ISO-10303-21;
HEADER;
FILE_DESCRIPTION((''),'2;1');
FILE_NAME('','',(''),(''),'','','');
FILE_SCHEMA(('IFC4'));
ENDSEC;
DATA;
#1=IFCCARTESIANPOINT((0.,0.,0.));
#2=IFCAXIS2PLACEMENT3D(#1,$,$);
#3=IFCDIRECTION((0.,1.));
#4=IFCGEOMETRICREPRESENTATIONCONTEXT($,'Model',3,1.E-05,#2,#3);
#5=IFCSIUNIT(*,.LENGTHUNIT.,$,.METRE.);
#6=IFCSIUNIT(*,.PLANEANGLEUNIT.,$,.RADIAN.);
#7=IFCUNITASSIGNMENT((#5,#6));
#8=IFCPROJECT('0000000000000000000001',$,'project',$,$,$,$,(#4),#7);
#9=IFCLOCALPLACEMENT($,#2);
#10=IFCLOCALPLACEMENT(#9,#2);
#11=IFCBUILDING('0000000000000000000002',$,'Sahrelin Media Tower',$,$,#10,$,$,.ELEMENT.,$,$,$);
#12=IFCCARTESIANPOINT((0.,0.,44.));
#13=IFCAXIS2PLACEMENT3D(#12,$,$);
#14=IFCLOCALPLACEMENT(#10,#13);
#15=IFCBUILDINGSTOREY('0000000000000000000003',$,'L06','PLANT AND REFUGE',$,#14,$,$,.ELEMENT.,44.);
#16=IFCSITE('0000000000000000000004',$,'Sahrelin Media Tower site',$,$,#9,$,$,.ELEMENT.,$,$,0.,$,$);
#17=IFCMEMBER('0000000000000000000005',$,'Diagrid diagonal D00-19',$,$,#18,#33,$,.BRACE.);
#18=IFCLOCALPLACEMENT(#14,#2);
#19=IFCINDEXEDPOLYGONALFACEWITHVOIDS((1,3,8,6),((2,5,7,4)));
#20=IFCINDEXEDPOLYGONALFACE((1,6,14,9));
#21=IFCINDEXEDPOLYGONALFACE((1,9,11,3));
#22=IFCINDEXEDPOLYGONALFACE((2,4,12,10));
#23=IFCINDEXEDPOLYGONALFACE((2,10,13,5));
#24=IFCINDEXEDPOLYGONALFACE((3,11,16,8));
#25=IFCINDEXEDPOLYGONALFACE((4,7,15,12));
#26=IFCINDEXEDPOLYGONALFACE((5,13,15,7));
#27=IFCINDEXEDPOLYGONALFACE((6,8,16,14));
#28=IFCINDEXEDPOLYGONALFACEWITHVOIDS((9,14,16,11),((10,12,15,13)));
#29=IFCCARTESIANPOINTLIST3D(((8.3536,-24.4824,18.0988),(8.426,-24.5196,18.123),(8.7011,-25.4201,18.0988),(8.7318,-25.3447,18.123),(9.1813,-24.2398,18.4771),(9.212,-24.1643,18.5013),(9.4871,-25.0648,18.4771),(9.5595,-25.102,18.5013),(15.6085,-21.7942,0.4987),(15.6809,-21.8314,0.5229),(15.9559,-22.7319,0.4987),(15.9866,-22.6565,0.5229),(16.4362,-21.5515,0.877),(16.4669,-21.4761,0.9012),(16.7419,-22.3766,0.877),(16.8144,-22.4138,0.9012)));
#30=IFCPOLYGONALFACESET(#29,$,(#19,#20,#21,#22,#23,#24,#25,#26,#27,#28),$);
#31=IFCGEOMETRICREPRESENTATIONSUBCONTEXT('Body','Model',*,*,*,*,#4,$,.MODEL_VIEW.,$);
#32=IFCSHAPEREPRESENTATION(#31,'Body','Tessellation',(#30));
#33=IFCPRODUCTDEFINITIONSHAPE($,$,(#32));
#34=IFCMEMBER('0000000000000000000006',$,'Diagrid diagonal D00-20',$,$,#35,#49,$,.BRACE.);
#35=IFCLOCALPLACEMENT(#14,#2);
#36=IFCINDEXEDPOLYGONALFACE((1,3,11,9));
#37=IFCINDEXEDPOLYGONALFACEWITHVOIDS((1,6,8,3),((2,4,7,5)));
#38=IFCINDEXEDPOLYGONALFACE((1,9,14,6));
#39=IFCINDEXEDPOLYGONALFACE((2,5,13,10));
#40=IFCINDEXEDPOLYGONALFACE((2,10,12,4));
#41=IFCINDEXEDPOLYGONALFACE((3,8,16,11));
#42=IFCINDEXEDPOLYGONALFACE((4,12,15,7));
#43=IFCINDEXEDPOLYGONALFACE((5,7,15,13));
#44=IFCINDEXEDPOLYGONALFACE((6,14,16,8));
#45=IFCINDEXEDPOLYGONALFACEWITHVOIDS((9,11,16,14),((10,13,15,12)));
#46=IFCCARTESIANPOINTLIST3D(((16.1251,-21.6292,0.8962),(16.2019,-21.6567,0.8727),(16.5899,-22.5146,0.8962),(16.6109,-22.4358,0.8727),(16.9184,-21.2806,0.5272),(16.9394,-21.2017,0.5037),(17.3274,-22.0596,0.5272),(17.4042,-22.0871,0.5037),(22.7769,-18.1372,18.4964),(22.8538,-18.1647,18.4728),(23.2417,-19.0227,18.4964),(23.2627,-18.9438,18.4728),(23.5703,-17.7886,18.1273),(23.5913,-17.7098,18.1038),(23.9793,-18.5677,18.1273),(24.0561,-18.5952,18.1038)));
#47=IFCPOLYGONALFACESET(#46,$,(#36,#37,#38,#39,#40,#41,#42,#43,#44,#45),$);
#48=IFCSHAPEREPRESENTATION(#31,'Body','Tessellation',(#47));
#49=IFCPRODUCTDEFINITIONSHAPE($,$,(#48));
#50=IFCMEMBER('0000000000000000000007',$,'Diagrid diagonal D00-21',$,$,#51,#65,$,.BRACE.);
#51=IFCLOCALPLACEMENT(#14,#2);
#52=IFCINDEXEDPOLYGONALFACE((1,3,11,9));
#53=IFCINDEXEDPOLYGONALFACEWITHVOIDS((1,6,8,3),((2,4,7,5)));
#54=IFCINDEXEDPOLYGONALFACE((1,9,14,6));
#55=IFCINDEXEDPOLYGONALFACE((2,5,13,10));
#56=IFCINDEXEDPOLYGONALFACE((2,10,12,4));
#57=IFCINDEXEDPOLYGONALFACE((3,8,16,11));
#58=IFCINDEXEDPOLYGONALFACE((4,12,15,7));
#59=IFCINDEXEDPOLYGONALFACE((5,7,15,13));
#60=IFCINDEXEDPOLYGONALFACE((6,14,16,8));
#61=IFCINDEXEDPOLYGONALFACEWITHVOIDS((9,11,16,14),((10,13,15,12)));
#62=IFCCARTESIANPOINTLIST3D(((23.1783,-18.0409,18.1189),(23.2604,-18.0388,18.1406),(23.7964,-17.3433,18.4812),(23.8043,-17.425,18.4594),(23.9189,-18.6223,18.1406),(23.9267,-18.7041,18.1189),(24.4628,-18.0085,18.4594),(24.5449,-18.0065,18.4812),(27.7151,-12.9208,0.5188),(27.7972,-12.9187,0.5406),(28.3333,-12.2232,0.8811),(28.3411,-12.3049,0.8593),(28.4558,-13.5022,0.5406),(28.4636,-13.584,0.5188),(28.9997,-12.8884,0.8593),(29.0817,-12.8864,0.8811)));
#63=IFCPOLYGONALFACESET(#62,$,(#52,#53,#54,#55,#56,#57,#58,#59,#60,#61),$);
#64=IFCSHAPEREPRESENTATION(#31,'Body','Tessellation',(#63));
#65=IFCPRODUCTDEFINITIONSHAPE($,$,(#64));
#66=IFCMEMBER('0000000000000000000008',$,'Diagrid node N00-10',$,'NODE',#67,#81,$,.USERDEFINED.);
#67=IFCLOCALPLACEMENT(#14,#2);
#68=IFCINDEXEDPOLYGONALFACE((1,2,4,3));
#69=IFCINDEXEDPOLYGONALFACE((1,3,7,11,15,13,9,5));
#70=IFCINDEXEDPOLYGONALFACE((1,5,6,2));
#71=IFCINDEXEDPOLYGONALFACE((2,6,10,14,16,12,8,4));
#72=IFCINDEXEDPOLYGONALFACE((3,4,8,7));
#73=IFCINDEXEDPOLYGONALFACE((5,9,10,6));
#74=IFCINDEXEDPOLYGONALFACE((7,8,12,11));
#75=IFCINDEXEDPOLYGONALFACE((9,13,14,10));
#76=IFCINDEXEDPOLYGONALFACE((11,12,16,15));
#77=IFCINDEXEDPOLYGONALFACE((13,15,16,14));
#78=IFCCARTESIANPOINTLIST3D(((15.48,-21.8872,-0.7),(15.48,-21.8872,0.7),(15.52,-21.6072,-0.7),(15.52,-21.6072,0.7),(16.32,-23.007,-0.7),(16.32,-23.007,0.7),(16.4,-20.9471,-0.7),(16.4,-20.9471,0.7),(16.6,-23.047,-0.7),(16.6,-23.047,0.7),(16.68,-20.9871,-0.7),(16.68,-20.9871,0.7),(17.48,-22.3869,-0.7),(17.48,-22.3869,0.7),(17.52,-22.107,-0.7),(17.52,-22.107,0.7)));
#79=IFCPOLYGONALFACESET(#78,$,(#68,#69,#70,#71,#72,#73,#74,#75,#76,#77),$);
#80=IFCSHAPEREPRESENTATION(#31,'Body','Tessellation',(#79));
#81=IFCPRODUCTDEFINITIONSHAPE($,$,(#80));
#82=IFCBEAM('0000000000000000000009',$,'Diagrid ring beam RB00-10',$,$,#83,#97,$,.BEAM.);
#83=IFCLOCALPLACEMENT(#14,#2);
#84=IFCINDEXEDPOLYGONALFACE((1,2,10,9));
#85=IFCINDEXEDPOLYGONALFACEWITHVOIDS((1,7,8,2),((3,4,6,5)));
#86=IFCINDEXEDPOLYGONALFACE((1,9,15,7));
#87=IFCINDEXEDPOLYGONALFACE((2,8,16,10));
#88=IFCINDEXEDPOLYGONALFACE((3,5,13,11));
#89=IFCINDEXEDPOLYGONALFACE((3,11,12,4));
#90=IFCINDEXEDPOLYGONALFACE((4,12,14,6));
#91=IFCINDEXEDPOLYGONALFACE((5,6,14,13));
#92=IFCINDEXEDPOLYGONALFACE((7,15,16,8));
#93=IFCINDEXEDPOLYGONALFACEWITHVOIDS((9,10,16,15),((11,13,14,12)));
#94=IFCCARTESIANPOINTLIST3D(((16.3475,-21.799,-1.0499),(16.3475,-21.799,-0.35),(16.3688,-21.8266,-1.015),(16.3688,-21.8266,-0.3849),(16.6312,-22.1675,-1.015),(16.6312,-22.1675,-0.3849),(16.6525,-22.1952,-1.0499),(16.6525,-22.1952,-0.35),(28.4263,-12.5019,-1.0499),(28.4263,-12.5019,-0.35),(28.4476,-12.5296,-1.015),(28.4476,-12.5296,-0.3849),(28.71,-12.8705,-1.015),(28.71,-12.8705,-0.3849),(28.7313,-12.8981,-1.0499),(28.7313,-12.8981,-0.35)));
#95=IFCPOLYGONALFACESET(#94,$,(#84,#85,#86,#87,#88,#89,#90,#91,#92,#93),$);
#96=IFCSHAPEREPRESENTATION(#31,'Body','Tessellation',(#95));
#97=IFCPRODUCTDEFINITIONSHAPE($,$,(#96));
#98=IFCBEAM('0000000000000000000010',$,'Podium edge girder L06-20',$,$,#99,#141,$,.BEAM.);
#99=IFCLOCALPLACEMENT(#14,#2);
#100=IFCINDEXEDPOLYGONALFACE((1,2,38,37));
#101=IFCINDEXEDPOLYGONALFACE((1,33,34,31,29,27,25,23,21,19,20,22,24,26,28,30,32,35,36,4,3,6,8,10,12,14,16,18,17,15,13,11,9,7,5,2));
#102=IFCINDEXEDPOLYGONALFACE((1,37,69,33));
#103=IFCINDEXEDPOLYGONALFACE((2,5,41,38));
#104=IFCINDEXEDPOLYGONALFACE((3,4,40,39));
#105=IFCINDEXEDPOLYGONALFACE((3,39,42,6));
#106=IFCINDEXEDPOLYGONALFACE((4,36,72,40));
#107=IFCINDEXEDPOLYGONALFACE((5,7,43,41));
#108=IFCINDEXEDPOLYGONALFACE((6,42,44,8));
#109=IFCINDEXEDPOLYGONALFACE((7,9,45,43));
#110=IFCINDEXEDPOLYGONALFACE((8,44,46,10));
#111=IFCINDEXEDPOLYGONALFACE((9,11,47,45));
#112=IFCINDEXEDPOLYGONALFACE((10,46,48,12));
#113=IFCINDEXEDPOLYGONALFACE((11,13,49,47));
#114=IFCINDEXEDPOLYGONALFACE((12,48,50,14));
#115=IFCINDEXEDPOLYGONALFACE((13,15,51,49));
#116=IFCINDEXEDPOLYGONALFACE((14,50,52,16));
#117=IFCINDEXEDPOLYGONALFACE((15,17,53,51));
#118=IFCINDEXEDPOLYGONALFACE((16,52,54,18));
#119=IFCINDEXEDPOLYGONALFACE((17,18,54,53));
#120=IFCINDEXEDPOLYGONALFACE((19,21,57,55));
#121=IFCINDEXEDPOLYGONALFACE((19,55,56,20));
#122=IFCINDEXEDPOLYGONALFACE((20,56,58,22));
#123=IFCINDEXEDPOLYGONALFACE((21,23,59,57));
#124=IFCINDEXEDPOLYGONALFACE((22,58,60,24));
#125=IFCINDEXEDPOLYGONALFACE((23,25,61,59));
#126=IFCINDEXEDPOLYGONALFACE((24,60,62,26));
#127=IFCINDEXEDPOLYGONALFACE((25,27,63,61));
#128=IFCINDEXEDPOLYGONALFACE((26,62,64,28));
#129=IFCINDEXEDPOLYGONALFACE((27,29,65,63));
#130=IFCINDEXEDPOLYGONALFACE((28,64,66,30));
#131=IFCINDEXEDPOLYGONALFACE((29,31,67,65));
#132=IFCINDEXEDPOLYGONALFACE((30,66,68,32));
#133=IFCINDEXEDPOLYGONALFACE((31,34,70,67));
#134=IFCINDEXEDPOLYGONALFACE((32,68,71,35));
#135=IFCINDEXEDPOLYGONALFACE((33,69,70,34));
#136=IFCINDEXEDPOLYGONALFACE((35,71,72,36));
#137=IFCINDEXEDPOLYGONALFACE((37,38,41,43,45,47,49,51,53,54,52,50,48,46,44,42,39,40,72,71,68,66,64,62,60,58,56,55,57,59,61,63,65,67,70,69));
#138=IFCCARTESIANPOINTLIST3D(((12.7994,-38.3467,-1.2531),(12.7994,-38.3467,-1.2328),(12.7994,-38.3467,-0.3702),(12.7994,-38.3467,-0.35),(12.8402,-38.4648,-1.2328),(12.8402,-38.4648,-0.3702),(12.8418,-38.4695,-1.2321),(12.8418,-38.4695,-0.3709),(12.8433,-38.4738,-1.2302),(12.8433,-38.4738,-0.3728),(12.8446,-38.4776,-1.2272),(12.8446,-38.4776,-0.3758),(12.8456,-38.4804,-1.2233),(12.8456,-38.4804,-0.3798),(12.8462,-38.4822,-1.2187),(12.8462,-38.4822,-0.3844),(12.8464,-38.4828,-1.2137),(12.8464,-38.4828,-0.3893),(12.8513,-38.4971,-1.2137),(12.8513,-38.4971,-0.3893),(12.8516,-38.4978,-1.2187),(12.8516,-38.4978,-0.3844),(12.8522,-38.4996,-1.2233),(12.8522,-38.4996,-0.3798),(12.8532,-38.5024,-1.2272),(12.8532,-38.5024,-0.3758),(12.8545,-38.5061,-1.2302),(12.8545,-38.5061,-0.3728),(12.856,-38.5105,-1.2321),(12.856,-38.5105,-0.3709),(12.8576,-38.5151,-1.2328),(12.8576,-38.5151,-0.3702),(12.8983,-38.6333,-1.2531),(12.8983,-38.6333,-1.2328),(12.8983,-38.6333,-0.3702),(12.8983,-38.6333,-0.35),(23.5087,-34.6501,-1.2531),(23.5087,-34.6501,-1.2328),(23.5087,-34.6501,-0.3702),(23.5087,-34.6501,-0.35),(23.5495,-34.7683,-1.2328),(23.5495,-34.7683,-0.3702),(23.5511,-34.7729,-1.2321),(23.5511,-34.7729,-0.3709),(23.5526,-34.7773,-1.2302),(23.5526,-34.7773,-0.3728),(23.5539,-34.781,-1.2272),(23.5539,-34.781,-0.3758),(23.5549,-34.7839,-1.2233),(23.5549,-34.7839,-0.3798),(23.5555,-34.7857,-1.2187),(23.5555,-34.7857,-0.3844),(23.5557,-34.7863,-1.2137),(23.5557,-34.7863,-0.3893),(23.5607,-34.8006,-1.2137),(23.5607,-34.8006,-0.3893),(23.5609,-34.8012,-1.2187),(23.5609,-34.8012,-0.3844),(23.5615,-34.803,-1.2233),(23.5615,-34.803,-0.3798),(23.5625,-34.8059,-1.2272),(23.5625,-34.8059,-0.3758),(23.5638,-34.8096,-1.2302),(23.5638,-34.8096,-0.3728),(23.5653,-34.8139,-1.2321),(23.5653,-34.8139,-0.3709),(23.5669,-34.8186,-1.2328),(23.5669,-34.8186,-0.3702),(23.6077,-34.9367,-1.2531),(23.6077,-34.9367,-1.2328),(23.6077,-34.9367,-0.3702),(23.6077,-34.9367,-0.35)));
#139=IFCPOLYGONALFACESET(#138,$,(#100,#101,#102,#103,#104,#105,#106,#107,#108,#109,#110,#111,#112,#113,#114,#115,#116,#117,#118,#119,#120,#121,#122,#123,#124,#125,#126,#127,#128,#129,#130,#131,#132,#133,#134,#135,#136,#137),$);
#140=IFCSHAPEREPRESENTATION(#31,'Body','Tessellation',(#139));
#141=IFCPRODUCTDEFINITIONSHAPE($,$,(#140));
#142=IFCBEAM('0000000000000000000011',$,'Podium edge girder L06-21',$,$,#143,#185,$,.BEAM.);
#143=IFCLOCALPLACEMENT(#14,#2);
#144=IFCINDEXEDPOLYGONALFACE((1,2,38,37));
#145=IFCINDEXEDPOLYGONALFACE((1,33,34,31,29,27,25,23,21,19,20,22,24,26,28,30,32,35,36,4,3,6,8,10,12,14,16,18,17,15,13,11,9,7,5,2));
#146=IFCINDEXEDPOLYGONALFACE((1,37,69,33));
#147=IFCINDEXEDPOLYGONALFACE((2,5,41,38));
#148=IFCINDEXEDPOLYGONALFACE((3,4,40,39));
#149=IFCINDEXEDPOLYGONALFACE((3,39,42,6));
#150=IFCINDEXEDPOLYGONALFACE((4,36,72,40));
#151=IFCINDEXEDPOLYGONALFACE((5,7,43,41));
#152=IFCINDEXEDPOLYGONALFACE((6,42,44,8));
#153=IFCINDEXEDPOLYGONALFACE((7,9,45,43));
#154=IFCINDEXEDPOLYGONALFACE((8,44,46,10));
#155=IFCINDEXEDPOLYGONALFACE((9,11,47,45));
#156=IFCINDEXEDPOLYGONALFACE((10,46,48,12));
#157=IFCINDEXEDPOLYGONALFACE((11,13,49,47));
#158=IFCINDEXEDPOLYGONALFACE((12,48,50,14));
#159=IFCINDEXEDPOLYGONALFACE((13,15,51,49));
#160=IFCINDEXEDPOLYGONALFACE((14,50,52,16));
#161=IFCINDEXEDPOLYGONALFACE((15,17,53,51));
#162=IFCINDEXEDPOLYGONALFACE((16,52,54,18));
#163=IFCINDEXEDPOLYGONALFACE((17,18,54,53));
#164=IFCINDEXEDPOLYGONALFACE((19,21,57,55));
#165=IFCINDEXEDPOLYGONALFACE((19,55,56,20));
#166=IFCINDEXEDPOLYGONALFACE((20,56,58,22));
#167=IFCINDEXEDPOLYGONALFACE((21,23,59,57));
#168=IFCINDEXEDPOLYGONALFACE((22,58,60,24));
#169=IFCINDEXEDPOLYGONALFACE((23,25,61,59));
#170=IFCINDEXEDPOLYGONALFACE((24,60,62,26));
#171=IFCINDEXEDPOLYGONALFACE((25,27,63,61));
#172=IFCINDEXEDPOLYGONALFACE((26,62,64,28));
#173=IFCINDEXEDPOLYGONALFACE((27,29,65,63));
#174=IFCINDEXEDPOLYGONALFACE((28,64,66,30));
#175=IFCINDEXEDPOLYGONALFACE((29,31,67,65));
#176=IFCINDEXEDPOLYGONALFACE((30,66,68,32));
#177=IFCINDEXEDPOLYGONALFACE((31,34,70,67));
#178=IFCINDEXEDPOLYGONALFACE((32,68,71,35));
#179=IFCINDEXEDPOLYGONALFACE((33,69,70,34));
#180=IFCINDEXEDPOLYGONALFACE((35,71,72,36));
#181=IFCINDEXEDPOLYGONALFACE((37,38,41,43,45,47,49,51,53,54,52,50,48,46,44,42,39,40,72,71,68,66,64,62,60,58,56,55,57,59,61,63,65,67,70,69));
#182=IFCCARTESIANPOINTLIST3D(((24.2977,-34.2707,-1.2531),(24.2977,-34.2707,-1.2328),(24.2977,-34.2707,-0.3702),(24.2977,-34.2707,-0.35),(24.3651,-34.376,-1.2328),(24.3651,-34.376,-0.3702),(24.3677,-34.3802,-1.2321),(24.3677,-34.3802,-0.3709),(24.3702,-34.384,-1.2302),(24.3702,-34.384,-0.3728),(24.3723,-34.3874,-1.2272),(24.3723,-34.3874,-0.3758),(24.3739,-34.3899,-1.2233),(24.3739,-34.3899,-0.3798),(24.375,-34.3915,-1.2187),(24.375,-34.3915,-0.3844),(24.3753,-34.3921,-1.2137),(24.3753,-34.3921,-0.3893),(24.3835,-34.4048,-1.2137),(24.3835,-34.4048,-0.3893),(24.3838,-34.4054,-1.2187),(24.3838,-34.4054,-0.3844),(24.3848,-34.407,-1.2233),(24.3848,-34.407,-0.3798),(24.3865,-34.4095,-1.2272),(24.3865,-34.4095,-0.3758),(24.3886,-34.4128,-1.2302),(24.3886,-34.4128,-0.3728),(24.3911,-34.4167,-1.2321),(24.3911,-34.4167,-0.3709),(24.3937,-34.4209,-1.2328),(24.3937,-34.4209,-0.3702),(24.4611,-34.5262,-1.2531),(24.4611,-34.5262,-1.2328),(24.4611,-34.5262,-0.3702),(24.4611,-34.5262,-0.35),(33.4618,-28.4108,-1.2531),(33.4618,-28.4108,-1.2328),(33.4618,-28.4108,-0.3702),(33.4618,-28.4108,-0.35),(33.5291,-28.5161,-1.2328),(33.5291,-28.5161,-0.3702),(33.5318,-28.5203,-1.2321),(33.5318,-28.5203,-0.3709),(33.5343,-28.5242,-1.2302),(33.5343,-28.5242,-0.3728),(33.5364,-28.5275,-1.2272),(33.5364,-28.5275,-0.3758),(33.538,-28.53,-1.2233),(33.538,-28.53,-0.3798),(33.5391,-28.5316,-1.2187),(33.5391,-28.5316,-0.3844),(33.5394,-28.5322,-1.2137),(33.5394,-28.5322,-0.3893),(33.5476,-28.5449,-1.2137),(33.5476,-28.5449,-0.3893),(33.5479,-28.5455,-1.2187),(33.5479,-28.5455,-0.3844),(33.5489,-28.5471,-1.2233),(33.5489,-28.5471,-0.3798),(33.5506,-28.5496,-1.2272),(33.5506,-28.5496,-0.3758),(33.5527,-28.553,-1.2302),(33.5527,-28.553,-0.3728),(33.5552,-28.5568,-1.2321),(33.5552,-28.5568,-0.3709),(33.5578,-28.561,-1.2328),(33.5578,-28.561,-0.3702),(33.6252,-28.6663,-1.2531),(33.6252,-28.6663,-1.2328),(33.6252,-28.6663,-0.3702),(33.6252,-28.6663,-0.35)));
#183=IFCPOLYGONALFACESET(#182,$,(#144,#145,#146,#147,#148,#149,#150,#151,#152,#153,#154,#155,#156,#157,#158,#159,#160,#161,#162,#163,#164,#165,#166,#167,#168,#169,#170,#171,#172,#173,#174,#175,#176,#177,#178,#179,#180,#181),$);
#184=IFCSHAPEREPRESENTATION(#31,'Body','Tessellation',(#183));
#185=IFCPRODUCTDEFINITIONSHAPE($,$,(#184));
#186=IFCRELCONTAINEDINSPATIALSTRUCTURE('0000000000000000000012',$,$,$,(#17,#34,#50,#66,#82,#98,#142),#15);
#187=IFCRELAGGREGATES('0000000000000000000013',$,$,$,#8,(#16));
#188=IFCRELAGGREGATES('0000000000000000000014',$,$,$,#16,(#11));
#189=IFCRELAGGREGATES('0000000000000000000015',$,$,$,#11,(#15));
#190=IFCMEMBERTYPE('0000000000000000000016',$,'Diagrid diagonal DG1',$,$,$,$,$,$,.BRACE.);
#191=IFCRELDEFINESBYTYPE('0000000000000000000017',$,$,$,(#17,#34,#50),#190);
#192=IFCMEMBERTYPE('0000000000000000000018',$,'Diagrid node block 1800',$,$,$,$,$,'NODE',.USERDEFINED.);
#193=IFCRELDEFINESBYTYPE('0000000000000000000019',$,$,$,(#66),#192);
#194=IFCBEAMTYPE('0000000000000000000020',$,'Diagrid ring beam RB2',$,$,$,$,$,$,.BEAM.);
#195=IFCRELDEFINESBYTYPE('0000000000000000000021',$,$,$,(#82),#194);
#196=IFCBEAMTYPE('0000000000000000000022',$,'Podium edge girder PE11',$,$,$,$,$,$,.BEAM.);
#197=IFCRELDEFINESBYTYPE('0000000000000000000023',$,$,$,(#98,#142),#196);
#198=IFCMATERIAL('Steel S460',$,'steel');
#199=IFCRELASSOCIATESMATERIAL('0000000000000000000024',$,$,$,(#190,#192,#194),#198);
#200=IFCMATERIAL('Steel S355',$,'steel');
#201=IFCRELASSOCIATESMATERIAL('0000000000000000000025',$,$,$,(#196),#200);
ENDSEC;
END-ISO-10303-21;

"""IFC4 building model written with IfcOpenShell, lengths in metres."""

from ifc_helpers import new_model, si_unit, direction, frame, origin, origin_2d, place, context, subcontext, project, spatial, polyline, hollow_rectangle, i_section, outline, extrude, material, material_profile, profile_set, type_object, element, save


model = new_model("IFC4")

# Units and contexts
model_context = context("Model", 3, precision=1e-05, world=origin(), true_north=direction((0.0, 1.0)))
body_context = subcontext(model_context, "Body", "Model", "MODEL_VIEW")
ifc_project = project(units=[si_unit("LENGTHUNIT", "METRE"), si_unit("PLANEANGLEUNIT", "RADIAN")], contexts=[model_context])

# Site, building, storey
site_placement = place(None, origin())
site = spatial("IfcSite", under=ifc_project, at=site_placement, Name="Sahrelin Media Tower site", CompositionType="ELEMENT", RefElevation=0.0)
building_placement = place(site_placement, origin())
building = spatial("IfcBuilding", under=site, at=building_placement, Name="Sahrelin Media Tower", CompositionType="ELEMENT")
storey_placement = place(building_placement, frame((0.0, 0.0, 44.0)))
storey = spatial("IfcBuildingStorey", under=building, at=storey_placement, Name="L06", Description="PLANT AND REFUGE", CompositionType="ELEMENT", Elevation=44.0)

# Members
ifc_material_1 = material(Name="Steel S460", Category="steel")
ifc_material_profile_1 = material_profile(ifc_material_1, hollow_rectangle(XDim=1.0, YDim=1.0, WallThickness=0.0601, at=origin_2d()), Name="Diagrid diagonal DG1")
ifc_profile_set_1 = profile_set([ifc_material_profile_1], Name="Steel S460")
member_type_1 = type_object("IfcMemberType", Name="Diagrid diagonal DG1", PredefinedType="BRACE", material=ifc_profile_set_1)
member_1_placement = place(storey_placement, frame((16.2114, -22.104, 0.7), z_axis=(-0.377356, -0.139826, 0.915452), x_axis=(0.347455, -0.937697, 0.0)))
element("IfcMember", 1, at=member_1_placement, inside=storey, type_object=member_type_1, Name="Diagrid diagonal D00-19", PredefinedType="BRACE", context=body_context, shape_type="SweptSolid", body=[
    extrude(hollow_rectangle(XDim=1.0, YDim=1.0, WallThickness=0.0601, at=origin_2d()), origin(), (0.0, 0.0, 1.0), 19.2256),
])
member_2_placement = place(storey_placement, frame((16.7646, -21.8582, 0.7), z_axis=(0.347601, 0.182476, 0.919715), x_axis=(-0.464805, 0.885413, 0.0)))
element("IfcMember", 2, at=member_2_placement, inside=storey, type_object=member_type_1, Name="Diagrid diagonal D00-20", PredefinedType="BRACE", context=body_context, shape_type="SweptSolid", body=[
    extrude(hollow_rectangle(XDim=1.0, YDim=1.0, WallThickness=0.0601, at=origin_2d()), origin(), (0.0, 0.0, 1.0), 19.1365),
])
member_3_placement = place(storey_placement, frame((28.3984, -12.9036, 0.7), z_axis=(-0.240264, -0.271152, 0.932068), x_axis=(0.74845, -0.663191, 0.0)))
element("IfcMember", 3, at=member_3_placement, inside=storey, type_object=member_type_1, Name="Diagrid diagonal D00-21", PredefinedType="BRACE", context=body_context, shape_type="SweptSolid", body=[
    extrude(hollow_rectangle(XDim=1.0, YDim=1.0, WallThickness=0.0601, at=origin_2d()), origin(), (0.0, 0.0, 1.0), 18.8828),
])
ifc_material_profile_2 = material_profile(ifc_material_1, outline(polyline([(0.7, -0.75), (0.8999, -0.55), (0.8999, 0.55), (0.7, 0.75), (-0.7, 0.75), (-0.8999, 0.55), (-0.8999, -0.55), (-0.7, -0.75), (0.7, -0.75)])), Name="Diagrid node block 1800")
ifc_profile_set_2 = profile_set([ifc_material_profile_2], Name="Steel S460")
member_type_2 = type_object("IfcMemberType", Name="Diagrid node block 1800", ElementType="NODE", PredefinedType="USERDEFINED", material=ifc_profile_set_2)
member_4_placement = place(storey_placement, frame((16.5, -21.9971, -0.7), z_axis=(0.0, 0.0, 1.0), x_axis=(0.600052, -0.799961, 0.0)))
element("IfcMember", 4, at=member_4_placement, inside=storey, type_object=member_type_2, Name="Diagrid node N00-10", ObjectType="NODE", PredefinedType="USERDEFINED", context=body_context, shape_type="SweptSolid", body=[
    extrude(outline(polyline([(0.7, -0.75), (0.8999, -0.55), (0.8999, 0.55), (0.7, 0.75), (-0.7, 0.75), (-0.8999, 0.55), (-0.8999, -0.55), (-0.7, -0.75), (0.7, -0.75)])), origin(), (0.0, 0.0, 1.0), 1.3999),
])

# Beams
ifc_material_profile_3 = material_profile(ifc_material_1, hollow_rectangle(XDim=0.5, YDim=0.7, WallThickness=0.0349, at=origin_2d()), Name="Diagrid ring beam RB2")
ifc_profile_set_3 = profile_set([ifc_material_profile_3], Name="Steel S460")
beam_type_1 = type_object("IfcBeamType", Name="Diagrid ring beam RB2", PredefinedType="BEAM", material=ifc_profile_set_3)
beam_1_placement = place(storey_placement, frame((16.5, -21.9971, -0.7), z_axis=(0.792444, 0.609945, 0.0), x_axis=(-0.609945, 0.792444, 0.0)))
element("IfcBeam", 5, at=beam_1_placement, inside=storey, type_object=beam_type_1, Name="Diagrid ring beam RB00-10", PredefinedType="BEAM", context=body_context, shape_type="SweptSolid", body=[
    extrude(hollow_rectangle(XDim=0.5, YDim=0.7, WallThickness=0.0349, at=origin_2d()), origin(), (0.0, 0.0, 1.0), 15.2424),
])
ifc_material_2 = material(Name="Steel S355", Category="steel")
ifc_material_profile_4 = material_profile(ifc_material_2, i_section(OverallWidth=0.3032, OverallDepth=0.9031, WebThickness=0.0151, FlangeThickness=0.0203, FilletRadius=0.019, at=origin_2d()), Name="UB 914x305x201")
ifc_profile_set_4 = profile_set([ifc_material_profile_4], Name="Steel S355")
beam_type_2 = type_object("IfcBeamType", Name="Podium edge girder PE11", PredefinedType="BEAM", material=ifc_profile_set_4)
beam_2_placement = place(storey_placement, frame((12.8489, -38.49, -0.8015), z_axis=(0.945272, 0.326282, 0.0), x_axis=(-0.326282, 0.945272, 0.0)))
element("IfcBeam", 6, at=beam_2_placement, inside=storey, type_object=beam_type_2, Name="Podium edge girder L06-20", PredefinedType="BEAM", context=body_context, shape_type="SweptSolid", body=[
    extrude(i_section(OverallWidth=0.3032, OverallDepth=0.9031, WebThickness=0.0151, FlangeThickness=0.0203, FilletRadius=0.019, at=origin_2d()), origin(), (0.0, 0.0, 1.0), 11.3293),
])
beam_3_placement = place(storey_placement, frame((24.3794, -34.3984, -0.8015), z_axis=(0.842486, 0.538719, 0.0), x_axis=(-0.538719, 0.842486, 0.0)))
element("IfcBeam", 7, at=beam_3_placement, inside=storey, type_object=beam_type_2, Name="Podium edge girder L06-21", PredefinedType="BEAM", context=body_context, shape_type="SweptSolid", body=[
    extrude(i_section(OverallWidth=0.3032, OverallDepth=0.9031, WebThickness=0.0151, FlangeThickness=0.0203, FilletRadius=0.019, at=origin_2d()), origin(), (0.0, 0.0, 1.0), 10.8774),
])

save(model, "model.ifc")
